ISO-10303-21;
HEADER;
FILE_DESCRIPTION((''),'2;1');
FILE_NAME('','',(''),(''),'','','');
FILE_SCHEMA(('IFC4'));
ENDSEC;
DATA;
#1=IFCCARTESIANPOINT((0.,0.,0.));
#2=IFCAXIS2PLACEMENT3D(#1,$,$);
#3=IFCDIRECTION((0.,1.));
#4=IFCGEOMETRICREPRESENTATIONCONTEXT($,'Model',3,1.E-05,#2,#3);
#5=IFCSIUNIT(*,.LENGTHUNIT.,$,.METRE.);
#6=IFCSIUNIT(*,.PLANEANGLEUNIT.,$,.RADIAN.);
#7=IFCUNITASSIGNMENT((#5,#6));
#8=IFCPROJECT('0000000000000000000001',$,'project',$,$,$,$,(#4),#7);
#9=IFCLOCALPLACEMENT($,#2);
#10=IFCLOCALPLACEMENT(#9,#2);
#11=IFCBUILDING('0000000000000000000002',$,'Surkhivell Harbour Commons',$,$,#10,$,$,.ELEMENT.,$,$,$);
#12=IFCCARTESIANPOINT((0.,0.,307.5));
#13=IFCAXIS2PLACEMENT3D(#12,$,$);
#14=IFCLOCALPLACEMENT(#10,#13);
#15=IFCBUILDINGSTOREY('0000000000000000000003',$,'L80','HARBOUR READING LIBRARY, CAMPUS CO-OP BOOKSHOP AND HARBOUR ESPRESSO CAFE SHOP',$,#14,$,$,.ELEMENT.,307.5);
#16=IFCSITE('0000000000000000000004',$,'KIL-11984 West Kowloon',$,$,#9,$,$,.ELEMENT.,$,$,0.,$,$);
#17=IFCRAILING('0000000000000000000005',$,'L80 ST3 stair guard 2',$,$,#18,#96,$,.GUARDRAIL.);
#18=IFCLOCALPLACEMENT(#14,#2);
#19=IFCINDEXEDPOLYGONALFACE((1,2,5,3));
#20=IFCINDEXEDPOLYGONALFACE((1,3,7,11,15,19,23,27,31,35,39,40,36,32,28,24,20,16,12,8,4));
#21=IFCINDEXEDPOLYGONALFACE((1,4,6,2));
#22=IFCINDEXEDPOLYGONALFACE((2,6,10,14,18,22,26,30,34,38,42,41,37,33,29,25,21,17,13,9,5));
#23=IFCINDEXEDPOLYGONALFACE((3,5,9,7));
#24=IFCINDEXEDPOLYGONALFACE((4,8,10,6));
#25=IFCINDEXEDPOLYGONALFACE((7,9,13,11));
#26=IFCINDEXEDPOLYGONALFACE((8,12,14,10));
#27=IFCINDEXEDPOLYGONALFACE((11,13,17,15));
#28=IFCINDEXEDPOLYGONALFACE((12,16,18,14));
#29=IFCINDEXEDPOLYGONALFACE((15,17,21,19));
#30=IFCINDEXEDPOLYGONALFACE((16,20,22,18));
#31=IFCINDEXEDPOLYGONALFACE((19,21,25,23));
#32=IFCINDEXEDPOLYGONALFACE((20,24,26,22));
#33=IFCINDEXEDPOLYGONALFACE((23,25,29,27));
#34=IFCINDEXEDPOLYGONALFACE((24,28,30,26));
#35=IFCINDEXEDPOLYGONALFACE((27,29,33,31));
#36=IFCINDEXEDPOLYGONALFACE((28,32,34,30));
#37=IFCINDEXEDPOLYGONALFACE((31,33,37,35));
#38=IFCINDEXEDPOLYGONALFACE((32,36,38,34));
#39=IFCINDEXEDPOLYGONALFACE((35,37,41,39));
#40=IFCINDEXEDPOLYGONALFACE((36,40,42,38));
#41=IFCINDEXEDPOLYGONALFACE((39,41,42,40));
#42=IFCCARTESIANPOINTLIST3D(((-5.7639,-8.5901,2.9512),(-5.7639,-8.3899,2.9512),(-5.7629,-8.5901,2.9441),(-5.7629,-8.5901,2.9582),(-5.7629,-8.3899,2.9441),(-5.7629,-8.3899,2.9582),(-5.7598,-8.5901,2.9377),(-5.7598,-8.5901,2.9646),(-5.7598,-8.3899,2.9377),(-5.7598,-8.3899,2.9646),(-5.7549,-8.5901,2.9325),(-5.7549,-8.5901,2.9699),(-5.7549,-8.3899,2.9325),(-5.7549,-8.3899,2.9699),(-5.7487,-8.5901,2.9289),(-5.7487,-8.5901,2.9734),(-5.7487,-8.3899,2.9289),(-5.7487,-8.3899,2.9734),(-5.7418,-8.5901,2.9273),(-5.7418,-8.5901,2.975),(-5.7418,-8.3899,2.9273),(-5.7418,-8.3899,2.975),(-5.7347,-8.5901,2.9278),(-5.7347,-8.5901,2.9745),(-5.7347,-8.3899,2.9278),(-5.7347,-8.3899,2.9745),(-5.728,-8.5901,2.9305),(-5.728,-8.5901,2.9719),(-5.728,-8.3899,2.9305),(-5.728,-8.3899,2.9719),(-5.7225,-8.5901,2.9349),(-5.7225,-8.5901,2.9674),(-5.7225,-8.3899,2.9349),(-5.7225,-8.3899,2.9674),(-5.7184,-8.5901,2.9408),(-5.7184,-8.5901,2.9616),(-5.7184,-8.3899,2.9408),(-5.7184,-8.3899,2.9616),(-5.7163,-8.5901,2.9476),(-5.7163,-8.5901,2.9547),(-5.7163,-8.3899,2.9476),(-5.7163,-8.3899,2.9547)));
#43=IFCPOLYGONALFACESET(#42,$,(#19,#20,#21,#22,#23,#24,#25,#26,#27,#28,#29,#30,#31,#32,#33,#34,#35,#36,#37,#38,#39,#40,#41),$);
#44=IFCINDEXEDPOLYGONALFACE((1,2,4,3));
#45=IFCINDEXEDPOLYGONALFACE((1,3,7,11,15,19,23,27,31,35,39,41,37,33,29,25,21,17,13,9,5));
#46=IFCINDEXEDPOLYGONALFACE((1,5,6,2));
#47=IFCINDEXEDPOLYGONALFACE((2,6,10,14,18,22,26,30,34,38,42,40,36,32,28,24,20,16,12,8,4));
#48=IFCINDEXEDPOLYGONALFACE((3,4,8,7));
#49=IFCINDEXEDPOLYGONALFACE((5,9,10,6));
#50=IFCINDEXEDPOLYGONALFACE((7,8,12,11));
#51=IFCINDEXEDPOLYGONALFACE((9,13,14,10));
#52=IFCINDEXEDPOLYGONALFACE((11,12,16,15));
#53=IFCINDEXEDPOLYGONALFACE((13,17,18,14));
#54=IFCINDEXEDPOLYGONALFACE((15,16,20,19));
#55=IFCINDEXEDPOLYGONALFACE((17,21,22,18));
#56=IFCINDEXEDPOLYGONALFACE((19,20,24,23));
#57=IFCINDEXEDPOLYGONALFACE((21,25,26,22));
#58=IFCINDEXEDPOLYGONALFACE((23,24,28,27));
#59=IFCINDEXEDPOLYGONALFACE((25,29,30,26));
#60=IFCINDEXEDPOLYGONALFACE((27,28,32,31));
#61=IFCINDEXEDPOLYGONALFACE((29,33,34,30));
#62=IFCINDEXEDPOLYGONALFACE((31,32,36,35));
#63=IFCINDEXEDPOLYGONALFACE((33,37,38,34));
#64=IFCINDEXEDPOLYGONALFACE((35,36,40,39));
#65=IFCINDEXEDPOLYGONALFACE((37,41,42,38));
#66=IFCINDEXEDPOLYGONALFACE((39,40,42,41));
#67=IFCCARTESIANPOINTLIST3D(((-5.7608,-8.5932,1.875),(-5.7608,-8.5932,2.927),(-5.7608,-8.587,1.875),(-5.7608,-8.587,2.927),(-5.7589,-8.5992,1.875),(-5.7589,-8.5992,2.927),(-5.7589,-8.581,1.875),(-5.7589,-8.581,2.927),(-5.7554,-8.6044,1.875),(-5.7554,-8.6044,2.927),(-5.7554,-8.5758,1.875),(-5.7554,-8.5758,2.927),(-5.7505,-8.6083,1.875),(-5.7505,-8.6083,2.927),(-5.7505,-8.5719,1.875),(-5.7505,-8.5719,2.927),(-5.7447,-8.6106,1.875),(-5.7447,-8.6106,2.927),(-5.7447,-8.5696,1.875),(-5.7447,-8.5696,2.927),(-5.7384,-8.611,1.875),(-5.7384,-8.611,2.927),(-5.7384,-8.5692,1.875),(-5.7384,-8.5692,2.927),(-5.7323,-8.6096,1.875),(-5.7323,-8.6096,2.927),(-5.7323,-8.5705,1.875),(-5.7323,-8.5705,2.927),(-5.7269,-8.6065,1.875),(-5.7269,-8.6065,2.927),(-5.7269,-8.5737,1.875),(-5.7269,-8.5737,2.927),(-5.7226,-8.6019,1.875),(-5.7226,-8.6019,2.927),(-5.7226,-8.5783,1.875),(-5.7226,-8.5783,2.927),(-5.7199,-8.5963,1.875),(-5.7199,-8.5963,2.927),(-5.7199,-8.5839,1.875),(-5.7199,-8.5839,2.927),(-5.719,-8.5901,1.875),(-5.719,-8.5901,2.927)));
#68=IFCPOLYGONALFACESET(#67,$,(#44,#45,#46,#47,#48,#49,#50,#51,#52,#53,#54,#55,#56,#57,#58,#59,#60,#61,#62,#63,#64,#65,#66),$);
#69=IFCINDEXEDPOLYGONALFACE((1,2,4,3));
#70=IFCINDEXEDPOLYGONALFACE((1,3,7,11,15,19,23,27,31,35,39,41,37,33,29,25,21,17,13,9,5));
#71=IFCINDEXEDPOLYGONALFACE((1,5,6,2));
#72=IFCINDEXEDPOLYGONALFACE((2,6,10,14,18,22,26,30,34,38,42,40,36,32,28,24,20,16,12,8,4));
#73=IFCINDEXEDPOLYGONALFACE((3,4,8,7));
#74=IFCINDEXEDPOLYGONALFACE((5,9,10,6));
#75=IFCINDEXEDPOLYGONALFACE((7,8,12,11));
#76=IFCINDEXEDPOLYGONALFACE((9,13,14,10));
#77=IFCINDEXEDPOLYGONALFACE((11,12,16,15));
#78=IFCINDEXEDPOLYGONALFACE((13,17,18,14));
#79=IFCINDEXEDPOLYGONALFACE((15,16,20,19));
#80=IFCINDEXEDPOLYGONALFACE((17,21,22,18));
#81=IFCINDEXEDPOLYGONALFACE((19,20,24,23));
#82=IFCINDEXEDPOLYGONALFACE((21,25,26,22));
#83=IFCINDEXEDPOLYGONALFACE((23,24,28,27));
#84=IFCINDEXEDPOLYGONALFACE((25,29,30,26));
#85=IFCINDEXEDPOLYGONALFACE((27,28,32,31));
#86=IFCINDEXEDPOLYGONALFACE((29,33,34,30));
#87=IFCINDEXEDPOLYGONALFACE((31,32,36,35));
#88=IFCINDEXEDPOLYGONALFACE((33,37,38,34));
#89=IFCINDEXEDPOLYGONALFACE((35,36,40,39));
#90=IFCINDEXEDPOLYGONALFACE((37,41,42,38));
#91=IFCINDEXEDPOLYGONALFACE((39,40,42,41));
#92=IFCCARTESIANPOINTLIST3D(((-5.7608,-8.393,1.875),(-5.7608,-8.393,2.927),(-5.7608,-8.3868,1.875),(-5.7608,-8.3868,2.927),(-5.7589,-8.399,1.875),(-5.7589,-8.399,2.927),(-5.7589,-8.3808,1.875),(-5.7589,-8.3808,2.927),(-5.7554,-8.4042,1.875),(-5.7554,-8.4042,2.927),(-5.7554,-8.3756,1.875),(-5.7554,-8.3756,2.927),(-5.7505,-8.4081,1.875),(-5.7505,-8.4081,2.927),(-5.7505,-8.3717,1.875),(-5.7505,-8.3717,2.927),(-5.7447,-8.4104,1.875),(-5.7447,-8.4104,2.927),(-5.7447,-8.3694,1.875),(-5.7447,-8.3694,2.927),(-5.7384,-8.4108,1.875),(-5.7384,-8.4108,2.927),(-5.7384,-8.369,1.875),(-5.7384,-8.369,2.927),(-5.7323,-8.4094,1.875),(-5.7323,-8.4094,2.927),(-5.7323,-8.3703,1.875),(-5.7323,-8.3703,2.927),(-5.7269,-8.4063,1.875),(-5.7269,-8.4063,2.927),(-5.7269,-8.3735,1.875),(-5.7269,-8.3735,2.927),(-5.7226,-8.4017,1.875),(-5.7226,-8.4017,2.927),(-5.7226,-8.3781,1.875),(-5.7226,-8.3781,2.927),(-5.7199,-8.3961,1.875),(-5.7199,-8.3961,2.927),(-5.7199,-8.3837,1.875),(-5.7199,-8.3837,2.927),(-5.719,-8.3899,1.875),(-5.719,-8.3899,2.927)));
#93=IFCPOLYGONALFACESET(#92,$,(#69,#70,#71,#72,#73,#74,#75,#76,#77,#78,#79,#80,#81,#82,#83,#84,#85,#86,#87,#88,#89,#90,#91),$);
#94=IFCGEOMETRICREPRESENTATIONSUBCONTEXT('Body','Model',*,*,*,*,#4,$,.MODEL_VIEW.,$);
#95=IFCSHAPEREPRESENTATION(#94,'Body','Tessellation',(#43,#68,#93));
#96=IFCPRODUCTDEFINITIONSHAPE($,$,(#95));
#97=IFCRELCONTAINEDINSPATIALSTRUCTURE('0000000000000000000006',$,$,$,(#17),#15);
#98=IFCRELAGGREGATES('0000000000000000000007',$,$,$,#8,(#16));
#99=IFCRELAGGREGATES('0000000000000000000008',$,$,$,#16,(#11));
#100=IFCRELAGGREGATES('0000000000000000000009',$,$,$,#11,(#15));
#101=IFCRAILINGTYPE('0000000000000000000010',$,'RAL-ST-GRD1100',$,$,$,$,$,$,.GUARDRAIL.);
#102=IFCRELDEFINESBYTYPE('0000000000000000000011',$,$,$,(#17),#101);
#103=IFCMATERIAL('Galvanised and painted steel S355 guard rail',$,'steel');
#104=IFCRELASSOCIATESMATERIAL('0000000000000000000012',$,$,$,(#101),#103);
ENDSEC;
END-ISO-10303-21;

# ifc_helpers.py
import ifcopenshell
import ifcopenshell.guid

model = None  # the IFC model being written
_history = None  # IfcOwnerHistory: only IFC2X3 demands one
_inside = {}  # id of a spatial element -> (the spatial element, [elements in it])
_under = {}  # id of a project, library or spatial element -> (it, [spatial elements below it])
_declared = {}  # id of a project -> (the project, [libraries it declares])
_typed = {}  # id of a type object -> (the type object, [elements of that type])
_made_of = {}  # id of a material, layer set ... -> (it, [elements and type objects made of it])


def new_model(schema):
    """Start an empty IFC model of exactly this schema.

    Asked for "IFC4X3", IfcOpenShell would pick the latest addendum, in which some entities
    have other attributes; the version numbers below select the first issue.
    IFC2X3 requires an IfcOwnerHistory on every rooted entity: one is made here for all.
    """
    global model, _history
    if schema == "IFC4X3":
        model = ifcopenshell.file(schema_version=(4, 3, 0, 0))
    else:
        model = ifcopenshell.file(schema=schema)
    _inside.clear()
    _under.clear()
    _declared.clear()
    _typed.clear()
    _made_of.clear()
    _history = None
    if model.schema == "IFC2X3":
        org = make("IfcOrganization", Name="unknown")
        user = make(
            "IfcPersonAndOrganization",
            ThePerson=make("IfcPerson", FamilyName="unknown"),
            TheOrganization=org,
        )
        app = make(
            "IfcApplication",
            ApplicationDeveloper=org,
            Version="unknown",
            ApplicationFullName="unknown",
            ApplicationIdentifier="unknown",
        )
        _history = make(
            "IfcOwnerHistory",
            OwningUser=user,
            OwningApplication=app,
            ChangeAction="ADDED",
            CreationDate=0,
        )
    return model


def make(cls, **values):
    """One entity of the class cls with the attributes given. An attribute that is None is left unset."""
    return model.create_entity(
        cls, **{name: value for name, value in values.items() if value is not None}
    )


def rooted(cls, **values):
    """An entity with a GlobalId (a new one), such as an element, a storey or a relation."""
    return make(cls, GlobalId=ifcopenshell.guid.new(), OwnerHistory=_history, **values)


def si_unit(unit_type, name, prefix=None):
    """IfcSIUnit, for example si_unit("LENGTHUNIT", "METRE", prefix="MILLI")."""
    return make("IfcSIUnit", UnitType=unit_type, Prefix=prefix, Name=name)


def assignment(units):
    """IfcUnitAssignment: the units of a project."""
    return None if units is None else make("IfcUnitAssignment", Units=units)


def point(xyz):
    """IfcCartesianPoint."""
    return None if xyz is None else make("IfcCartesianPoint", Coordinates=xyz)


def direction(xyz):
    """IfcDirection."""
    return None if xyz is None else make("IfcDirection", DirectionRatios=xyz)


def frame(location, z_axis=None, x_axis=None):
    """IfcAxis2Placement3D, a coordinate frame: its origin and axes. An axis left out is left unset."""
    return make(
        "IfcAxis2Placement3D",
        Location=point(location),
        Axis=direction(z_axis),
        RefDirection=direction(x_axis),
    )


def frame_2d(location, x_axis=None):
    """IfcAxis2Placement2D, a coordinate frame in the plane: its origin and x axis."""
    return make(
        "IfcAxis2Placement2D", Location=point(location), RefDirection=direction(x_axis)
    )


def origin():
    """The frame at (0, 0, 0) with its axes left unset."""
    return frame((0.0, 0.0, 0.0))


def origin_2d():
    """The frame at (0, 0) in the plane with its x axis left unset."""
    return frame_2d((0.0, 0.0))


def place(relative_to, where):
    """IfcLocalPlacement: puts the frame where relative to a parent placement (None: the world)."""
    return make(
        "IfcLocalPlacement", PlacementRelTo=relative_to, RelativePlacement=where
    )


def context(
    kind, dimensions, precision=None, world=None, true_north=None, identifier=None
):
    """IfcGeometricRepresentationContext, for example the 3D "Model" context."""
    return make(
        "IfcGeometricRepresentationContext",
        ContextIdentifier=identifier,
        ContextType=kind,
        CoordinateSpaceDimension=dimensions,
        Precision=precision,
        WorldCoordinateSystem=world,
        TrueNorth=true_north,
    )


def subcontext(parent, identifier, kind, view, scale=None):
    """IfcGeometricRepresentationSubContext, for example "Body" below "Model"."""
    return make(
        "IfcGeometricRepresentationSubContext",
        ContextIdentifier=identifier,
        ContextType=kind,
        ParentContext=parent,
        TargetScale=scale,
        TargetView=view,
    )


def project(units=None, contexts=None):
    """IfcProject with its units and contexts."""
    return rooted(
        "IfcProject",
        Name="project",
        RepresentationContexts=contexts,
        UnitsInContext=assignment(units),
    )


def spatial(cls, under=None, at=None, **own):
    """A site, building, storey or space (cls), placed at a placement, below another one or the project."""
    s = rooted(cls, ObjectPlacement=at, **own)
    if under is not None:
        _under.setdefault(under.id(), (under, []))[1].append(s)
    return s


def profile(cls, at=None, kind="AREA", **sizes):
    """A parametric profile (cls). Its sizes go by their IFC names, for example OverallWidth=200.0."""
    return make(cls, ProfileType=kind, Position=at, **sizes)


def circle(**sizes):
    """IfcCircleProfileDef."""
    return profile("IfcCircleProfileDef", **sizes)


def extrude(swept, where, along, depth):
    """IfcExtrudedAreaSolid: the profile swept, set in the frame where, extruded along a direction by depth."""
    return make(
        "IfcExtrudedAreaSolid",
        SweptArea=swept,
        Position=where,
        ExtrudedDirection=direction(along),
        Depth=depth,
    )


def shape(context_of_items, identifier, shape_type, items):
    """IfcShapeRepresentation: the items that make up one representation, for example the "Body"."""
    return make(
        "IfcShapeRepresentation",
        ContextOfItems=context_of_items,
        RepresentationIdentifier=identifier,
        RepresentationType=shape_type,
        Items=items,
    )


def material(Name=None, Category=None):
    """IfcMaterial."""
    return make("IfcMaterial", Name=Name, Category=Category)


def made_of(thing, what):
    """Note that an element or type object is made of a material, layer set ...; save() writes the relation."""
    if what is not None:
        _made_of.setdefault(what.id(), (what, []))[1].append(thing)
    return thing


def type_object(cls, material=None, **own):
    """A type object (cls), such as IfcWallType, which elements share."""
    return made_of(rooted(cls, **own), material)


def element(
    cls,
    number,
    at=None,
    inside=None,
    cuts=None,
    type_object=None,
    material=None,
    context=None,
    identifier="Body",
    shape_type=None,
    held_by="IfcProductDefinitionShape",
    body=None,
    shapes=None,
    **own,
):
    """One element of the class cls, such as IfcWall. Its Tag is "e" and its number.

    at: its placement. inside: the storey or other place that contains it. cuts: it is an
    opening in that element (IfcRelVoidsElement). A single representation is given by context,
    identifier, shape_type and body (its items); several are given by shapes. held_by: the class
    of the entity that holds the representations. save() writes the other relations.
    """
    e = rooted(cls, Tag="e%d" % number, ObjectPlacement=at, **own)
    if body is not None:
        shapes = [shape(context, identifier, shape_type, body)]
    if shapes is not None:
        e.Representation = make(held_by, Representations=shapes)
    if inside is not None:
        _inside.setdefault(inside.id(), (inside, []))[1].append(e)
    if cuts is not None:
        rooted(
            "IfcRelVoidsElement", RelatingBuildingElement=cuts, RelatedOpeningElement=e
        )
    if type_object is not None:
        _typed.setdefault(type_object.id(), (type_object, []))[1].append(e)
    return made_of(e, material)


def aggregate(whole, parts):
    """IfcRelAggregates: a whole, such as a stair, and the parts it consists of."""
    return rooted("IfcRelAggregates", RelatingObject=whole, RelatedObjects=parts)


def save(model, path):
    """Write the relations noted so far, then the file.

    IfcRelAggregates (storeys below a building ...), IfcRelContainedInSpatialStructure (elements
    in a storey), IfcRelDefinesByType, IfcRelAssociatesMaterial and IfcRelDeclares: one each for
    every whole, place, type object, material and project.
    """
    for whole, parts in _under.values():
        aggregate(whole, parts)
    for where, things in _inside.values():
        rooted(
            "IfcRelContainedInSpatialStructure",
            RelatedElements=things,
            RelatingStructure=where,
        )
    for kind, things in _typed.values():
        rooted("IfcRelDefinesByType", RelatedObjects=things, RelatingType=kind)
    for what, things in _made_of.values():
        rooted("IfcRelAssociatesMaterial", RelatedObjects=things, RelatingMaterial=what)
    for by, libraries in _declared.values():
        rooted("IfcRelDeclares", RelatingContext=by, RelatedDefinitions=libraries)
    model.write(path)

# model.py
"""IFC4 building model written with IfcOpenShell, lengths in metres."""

from ifc_helpers import new_model, si_unit, direction, frame, origin, origin_2d, place, context, subcontext, project, spatial, circle, extrude, material, type_object, element, save


model = new_model("IFC4")

# Units and contexts
model_context = context("Model", 3, precision=1e-05, world=origin(), true_north=direction((0.0, 1.0)))
body_context = subcontext(model_context, "Body", "Model", "MODEL_VIEW")
ifc_project = project(units=[si_unit("LENGTHUNIT", "METRE"), si_unit("PLANEANGLEUNIT", "RADIAN")], contexts=[model_context])

# Site, building, storey
site_placement = place(None, origin())
site = spatial("IfcSite", under=ifc_project, at=site_placement, Name="KIL-11984 West Kowloon", CompositionType="ELEMENT", RefElevation=0.0)
building_placement = place(site_placement, origin())
building = spatial("IfcBuilding", under=site, at=building_placement, Name="Surkhivell Harbour Commons", CompositionType="ELEMENT")
storey_placement = place(building_placement, frame((0.0, 0.0, 307.5)))
storey = spatial("IfcBuildingStorey", under=building, at=storey_placement, Name="L80", Description="HARBOUR READING LIBRARY, CAMPUS CO-OP BOOKSHOP AND HARBOUR ESPRESSO CAFE SHOP", CompositionType="ELEMENT", Elevation=307.5)

# Railing
ifc_material_1 = material(Name="Galvanised and painted steel S355 guard rail", Category="steel")
railing_type_1 = type_object("IfcRailingType", Name="RAL-ST-GRD1100", PredefinedType="GUARDRAIL", material=ifc_material_1)
railing_1_placement = place(storey_placement, frame((-5.74, -8.5901, 1.875)))
element("IfcRailing", 1, at=railing_1_placement, inside=storey, type_object=railing_type_1, Name="L80 ST3 stair guard 2", PredefinedType="GUARDRAIL", context=body_context, shape_type="SweptSolid", body=[
    extrude(circle(Radius=0.0239, at=origin_2d()), frame((0.0, 0.0, 1.0762), z_axis=(0.0, 1.0, 0.0), x_axis=(-1.0, 0.0, 0.0)), (0.0, 0.0, 1.0), 0.2002),
    extrude(circle(Radius=0.021, at=origin_2d()), origin(), (0.0, 0.0, 1.0), 1.052),
    extrude(circle(Radius=0.021, at=origin_2d()), frame((0.0, 0.2002, 0.0)), (0.0, 0.0, 1.0), 1.052),
])

save(model, "model.ifc")
